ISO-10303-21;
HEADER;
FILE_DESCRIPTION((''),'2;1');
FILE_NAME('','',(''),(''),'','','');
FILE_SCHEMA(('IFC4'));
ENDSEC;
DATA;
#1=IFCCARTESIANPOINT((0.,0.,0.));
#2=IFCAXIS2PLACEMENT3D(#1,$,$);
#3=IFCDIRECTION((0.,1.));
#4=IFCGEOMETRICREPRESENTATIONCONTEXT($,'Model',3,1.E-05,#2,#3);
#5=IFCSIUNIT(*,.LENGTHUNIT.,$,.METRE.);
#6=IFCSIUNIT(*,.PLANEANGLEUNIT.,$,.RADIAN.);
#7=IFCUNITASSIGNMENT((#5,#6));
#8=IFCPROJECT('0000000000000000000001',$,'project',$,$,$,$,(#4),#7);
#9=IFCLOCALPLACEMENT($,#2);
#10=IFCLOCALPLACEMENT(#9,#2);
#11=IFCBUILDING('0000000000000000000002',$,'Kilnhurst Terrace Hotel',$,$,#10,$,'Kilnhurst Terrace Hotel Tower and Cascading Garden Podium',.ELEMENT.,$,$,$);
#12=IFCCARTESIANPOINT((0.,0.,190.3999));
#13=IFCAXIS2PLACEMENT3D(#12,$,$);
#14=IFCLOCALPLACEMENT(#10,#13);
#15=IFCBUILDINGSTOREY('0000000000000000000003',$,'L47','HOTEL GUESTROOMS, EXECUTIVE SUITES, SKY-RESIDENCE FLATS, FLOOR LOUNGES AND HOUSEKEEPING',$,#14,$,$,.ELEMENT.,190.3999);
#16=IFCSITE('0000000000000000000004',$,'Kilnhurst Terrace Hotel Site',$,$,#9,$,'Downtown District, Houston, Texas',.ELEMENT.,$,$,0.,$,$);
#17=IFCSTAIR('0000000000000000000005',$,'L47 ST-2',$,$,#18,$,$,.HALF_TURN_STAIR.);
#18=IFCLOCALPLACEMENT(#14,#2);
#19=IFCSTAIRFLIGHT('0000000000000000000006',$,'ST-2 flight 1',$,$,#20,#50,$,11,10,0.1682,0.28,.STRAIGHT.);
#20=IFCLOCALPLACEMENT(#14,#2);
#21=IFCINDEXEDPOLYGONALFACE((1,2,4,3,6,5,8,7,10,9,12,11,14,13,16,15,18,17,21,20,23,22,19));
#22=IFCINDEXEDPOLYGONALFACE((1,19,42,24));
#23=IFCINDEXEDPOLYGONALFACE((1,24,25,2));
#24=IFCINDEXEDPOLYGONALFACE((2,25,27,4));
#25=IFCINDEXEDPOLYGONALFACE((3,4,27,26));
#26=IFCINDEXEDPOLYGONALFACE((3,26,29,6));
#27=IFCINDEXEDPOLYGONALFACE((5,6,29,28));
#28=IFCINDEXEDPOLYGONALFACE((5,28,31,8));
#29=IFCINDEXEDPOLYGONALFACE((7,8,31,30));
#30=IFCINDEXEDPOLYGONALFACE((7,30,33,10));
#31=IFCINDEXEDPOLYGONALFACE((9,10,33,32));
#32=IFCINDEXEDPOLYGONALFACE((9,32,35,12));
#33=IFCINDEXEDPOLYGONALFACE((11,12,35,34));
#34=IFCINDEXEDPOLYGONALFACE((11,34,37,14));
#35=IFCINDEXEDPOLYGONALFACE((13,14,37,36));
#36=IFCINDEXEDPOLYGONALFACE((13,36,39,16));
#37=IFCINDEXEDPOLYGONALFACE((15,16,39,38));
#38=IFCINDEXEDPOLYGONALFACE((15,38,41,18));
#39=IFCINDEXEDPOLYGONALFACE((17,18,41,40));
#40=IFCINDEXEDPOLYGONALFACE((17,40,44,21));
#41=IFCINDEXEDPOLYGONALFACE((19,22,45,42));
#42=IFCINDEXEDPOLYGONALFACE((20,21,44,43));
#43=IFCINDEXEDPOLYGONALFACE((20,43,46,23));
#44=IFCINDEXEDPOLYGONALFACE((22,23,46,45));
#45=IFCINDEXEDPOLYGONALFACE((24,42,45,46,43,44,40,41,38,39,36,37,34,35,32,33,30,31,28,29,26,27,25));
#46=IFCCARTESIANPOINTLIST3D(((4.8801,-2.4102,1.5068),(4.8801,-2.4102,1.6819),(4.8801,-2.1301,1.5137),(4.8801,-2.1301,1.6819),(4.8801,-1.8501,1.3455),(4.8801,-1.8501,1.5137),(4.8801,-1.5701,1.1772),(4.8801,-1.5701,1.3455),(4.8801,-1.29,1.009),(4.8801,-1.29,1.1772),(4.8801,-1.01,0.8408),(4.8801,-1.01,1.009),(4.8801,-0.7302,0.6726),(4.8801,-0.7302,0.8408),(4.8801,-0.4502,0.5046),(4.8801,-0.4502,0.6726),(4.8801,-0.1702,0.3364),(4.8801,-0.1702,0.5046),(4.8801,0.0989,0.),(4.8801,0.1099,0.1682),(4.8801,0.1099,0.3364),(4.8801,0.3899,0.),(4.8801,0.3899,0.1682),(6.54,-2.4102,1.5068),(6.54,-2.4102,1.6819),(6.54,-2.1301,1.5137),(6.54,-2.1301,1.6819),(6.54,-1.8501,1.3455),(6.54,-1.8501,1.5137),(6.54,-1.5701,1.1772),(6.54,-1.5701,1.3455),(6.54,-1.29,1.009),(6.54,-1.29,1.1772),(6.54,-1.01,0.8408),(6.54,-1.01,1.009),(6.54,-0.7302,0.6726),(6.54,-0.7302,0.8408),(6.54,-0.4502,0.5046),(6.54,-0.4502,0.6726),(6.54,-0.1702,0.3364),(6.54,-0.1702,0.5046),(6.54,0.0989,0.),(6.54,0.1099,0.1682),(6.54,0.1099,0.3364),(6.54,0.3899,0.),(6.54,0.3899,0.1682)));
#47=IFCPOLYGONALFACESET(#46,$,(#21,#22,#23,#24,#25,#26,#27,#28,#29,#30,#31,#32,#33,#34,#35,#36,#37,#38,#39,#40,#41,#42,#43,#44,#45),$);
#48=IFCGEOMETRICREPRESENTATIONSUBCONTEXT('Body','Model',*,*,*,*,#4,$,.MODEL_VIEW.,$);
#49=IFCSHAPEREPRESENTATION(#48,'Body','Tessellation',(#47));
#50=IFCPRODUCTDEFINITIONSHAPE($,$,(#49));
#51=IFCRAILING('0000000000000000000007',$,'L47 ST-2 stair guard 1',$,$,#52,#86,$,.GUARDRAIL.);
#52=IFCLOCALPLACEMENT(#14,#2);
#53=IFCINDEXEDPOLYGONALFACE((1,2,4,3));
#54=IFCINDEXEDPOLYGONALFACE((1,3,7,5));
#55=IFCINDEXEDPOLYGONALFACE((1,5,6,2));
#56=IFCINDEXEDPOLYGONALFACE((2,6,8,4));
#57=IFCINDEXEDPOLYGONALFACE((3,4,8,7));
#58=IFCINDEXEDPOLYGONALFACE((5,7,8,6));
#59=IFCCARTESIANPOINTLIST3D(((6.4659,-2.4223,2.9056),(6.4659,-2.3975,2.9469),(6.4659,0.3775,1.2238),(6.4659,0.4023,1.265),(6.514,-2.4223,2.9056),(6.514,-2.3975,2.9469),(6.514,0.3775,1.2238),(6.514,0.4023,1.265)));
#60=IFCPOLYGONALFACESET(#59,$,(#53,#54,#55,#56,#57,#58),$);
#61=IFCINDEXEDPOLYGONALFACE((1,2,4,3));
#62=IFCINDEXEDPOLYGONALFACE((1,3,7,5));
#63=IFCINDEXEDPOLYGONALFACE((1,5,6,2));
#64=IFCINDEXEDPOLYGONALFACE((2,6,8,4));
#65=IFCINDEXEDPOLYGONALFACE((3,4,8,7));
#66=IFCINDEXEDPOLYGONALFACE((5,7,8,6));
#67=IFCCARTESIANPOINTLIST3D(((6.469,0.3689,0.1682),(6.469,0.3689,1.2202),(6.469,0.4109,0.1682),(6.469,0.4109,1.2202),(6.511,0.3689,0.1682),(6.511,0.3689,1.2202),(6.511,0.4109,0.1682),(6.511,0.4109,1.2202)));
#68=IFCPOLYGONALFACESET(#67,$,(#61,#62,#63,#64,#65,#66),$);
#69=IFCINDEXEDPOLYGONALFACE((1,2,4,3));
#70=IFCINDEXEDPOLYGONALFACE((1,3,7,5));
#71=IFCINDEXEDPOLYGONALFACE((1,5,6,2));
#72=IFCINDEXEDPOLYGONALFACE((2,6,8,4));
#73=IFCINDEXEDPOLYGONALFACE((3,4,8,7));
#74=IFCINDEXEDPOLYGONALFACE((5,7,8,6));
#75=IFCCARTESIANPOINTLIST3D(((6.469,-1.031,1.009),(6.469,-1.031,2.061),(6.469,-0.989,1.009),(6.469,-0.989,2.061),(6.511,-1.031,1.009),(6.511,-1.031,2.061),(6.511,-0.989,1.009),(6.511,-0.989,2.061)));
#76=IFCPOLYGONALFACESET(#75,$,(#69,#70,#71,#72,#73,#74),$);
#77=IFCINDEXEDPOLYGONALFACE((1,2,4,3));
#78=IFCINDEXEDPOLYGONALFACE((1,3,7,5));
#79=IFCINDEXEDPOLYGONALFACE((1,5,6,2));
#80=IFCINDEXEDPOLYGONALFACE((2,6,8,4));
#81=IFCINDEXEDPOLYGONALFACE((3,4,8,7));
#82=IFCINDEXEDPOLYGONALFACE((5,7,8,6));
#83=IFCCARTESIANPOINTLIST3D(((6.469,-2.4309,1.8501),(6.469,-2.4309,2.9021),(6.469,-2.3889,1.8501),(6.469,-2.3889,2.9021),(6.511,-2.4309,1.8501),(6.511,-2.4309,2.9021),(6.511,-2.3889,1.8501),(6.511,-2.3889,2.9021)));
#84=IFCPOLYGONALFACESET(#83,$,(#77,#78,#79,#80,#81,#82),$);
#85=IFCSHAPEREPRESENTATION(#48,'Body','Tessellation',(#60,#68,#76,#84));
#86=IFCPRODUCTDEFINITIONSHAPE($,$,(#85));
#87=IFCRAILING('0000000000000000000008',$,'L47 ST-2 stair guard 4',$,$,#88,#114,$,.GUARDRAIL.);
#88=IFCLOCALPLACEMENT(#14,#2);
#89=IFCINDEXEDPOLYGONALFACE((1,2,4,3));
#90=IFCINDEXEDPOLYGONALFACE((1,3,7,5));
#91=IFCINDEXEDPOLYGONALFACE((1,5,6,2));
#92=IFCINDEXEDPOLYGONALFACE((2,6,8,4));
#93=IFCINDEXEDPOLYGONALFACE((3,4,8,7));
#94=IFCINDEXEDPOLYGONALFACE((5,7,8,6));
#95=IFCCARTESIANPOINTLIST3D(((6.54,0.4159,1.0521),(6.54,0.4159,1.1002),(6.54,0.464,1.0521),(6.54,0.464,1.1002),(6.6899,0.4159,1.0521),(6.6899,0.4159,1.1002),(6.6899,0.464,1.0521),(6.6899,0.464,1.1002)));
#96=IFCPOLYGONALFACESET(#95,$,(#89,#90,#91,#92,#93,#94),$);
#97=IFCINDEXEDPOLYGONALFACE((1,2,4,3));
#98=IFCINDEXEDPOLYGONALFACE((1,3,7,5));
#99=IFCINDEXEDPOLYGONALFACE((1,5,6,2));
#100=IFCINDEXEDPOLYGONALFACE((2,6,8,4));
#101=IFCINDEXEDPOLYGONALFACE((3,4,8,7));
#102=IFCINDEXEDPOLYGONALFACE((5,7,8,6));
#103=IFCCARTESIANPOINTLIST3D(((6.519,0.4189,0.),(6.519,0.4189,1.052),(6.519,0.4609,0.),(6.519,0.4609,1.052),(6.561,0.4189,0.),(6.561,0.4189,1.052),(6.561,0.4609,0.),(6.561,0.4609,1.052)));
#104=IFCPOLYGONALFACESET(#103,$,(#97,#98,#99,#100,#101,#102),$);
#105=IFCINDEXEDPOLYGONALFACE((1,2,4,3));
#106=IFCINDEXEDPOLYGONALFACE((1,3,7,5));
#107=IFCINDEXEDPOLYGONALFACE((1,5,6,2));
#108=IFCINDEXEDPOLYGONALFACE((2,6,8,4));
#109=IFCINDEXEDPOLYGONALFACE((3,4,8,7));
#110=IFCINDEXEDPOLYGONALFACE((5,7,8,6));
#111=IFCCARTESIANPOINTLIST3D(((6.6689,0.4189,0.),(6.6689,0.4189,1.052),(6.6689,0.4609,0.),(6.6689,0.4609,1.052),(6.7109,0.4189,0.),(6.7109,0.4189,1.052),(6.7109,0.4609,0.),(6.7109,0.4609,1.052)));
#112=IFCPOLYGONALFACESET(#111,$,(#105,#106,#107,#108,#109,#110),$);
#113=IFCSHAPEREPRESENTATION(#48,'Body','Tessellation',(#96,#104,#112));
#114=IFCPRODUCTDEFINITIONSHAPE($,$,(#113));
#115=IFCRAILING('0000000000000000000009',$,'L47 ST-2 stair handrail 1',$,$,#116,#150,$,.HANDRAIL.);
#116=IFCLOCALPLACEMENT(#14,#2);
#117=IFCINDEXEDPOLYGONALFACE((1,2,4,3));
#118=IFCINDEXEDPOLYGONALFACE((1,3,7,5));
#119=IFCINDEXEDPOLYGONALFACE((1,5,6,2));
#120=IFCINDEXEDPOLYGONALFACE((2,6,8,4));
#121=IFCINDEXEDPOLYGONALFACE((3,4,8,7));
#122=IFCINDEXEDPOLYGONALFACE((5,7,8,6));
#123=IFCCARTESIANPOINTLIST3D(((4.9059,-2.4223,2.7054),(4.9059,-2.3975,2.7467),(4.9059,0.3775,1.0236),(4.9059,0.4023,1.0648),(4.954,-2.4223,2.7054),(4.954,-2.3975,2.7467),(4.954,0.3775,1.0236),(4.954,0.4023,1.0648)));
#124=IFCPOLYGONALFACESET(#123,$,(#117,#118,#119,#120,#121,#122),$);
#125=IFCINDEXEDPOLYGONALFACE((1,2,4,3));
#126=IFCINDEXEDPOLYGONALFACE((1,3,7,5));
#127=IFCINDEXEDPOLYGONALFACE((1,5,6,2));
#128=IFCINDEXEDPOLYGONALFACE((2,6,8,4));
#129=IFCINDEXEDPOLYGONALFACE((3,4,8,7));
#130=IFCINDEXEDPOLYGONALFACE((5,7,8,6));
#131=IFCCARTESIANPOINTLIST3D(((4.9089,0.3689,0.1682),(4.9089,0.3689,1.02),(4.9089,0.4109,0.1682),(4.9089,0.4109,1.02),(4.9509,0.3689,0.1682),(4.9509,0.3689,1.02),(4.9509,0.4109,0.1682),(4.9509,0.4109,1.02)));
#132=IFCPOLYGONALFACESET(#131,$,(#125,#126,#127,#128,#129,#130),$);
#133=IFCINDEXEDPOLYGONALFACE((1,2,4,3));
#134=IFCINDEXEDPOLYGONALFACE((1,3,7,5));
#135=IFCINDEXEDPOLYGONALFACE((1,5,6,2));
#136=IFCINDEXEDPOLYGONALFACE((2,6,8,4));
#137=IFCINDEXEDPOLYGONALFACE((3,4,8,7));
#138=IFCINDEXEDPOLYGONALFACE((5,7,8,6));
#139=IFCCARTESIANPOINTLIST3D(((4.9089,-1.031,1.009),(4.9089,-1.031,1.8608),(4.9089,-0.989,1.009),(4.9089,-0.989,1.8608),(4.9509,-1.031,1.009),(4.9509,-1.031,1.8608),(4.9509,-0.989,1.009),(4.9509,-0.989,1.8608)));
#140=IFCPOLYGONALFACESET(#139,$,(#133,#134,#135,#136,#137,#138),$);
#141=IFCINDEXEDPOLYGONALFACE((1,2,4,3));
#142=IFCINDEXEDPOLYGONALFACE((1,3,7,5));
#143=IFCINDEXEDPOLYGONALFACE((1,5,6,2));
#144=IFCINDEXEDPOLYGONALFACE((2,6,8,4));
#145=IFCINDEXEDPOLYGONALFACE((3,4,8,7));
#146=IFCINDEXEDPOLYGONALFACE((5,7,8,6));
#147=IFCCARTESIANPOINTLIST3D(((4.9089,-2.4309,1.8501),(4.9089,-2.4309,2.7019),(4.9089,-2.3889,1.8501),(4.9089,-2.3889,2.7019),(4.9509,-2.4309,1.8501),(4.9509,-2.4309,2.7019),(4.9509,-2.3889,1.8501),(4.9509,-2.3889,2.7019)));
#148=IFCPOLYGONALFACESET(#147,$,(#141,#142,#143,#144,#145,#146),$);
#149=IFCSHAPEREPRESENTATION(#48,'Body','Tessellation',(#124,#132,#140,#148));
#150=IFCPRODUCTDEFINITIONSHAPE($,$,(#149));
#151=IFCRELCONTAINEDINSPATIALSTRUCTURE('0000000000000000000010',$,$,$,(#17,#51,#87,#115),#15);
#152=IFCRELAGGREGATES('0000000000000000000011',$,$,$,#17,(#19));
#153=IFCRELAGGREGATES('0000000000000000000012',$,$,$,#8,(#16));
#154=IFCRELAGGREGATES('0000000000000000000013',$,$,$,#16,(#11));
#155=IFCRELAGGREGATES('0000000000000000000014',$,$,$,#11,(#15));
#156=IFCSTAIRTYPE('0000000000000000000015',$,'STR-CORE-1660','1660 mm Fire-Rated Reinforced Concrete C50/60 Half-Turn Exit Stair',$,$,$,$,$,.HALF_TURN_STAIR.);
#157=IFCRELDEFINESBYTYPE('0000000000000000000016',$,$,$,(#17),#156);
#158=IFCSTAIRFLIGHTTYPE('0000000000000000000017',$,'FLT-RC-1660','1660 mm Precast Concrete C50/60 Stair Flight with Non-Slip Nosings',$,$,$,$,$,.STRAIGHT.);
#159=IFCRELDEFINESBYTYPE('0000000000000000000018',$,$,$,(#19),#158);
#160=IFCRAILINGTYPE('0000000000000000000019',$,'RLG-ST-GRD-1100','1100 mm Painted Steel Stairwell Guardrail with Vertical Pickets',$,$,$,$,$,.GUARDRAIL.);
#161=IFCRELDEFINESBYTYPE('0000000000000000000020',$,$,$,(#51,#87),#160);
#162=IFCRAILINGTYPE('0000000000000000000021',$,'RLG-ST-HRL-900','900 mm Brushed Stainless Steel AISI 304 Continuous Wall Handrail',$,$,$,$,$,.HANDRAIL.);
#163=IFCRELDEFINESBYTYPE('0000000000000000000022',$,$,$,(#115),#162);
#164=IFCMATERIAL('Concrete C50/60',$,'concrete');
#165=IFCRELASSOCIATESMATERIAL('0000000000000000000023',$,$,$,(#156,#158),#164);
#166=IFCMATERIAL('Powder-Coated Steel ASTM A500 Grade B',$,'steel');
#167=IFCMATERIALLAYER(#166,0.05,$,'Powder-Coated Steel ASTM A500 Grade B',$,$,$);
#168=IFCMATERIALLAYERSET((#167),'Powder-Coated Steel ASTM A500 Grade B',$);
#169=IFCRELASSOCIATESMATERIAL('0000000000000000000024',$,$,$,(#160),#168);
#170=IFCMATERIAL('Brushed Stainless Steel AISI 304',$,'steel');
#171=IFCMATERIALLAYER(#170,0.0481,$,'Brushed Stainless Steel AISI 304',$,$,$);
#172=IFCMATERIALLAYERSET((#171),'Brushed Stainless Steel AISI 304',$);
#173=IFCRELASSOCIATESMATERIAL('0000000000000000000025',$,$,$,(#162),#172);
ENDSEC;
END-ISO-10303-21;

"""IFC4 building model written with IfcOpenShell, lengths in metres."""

from ifc_helpers import new_model, si_unit, direction, frame, origin, origin_2d, place, context, subcontext, project, spatial, polyline, rectangle, outline, extrude, material, layer, layer_set, type_object, element, aggregate, save


model = new_model("IFC4")

# Units and contexts
model_context = context("Model", 3, precision=1e-05, world=origin(), true_north=direction((0.0, 1.0)))
body_context = subcontext(model_context, "Body", "Model", "MODEL_VIEW")
ifc_project = project(units=[si_unit("LENGTHUNIT", "METRE"), si_unit("PLANEANGLEUNIT", "RADIAN")], contexts=[model_context])

# Site, building, storey
site_placement = place(None, origin())
site = spatial("IfcSite", under=ifc_project, at=site_placement, Name="Kilnhurst Terrace Hotel Site", LongName="Downtown District, Houston, Texas", CompositionType="ELEMENT", RefElevation=0.0)
building_placement = place(site_placement, origin())
building = spatial("IfcBuilding", under=site, at=building_placement, Name="Kilnhurst Terrace Hotel", LongName="Kilnhurst Terrace Hotel Tower and Cascading Garden Podium", CompositionType="ELEMENT")
storey_placement = place(building_placement, frame((0.0, 0.0, 190.3999)))
storey = spatial("IfcBuildingStorey", under=building, at=storey_placement, Name="L47", Description="HOTEL GUESTROOMS, EXECUTIVE SUITES, SKY-RESIDENCE FLATS, FLOOR LOUNGES AND HOUSEKEEPING", CompositionType="ELEMENT", Elevation=190.3999)

# Shared definitions
ifc_material_1 = material(Name="Concrete C50/60", Category="concrete")

# Stair, stair flight
stair_type = type_object("IfcStairType", Name="STR-CORE-1660", Description="1660 mm Fire-Rated Reinforced Concrete C50/60 Half-Turn Exit Stair", PredefinedType="HALF_TURN_STAIR", material=ifc_material_1)
stair_placement = place(storey_placement, origin())
stair = element("IfcStair", 1, at=stair_placement, inside=storey, type_object=stair_type, Name="L47 ST-2", PredefinedType="HALF_TURN_STAIR")
stair_flight_type = type_object("IfcStairFlightType", Name="FLT-RC-1660", Description="1660 mm Precast Concrete C50/60 Stair Flight with Non-Slip Nosings", PredefinedType="STRAIGHT", material=ifc_material_1)
stair_flight_placement = place(storey_placement, frame((5.71, 0.3899, 0.0), z_axis=(0.0, 0.0, 1.0), x_axis=(0.0, -1.0, 0.0)))
stair_flight = element("IfcStairFlight", 2, at=stair_flight_placement, type_object=stair_flight_type, Name="ST-2 flight 1", NumberOfRisers=11, NumberOfTreads=10, PredefinedType="STRAIGHT", RiserHeight=0.1682, TreadLength=0.28, context=body_context, shape_type="SweptSolid", body=[
    extrude(outline(polyline([(0.0, 0.0), (0.0, 0.1682), (0.28, 0.1682), (0.28, 0.3364), (0.5601, 0.3364), (0.5601, 0.5046), (0.8401, 0.5046), (0.8401, 0.6726), (1.1201, 0.6726), (1.1201, 0.8408), (1.3999, 0.8408), (1.3999, 1.009), (1.6799, 1.009), (1.6799, 1.1772), (1.96, 1.1772), (1.96, 1.3455), (2.24, 1.3455), (2.24, 1.5137), (2.52, 1.5137), (2.52, 1.6819), (2.8, 1.6819), (2.8, 1.8501), (2.8, 1.5068), (0.291, 0.0), (0.0, 0.0)])), frame((0.0, 0.8301, 0.0), z_axis=(0.0, -1.0, 0.0), x_axis=(1.0, 0.0, 0.0)), (0.0, 0.0, 1.0), 1.6599),
])
aggregate(stair, [stair_flight])

# Railings
ifc_material_2 = material(Name="Powder-Coated Steel ASTM A500 Grade B", Category="steel")
ifc_layer_1 = layer(ifc_material_2, 0.05, Name="Powder-Coated Steel ASTM A500 Grade B")
ifc_layer_set_1 = layer_set([ifc_layer_1], Name="Powder-Coated Steel ASTM A500 Grade B")
railing_type_1 = type_object("IfcRailingType", Name="RLG-ST-GRD-1100", Description="1100 mm Painted Steel Stairwell Guardrail with Vertical Pickets", PredefinedType="GUARDRAIL", material=ifc_layer_set_1)
railing_1_placement = place(storey_placement, frame((6.49, 0.3899, 0.1682)))
element("IfcRailing", 3, at=railing_1_placement, inside=storey, type_object=railing_type_1, Name="L47 ST-2 stair guard 1", PredefinedType="GUARDRAIL", context=body_context, shape_type="SweptSolid", body=[
    extrude(rectangle(XDim=0.0481, YDim=0.0481, at=origin_2d()), frame((0.0, 0.0, 1.0762), z_axis=(0.0, -0.857222, 0.514946), x_axis=(1.0, 0.0, 0.0)), (0.0, 0.0, 1.0), 3.2661),
    extrude(rectangle(XDim=0.042, YDim=0.042, at=origin_2d()), origin(), (0.0, 0.0, 1.0), 1.052),
    extrude(rectangle(XDim=0.042, YDim=0.042, at=origin_2d()), frame((0.0, -1.3999, 0.8408)), (0.0, 0.0, 1.0), 1.052),
    extrude(rectangle(XDim=0.042, YDim=0.042, at=origin_2d()), frame((0.0, -2.7998, 1.6819)), (0.0, 0.0, 1.0), 1.052),
])
railing_2_placement = place(storey_placement, frame((6.54, 0.4399, 0.0)))
element("IfcRailing", 4, at=railing_2_placement, inside=storey, type_object=railing_type_1, Name="L47 ST-2 stair guard 4", PredefinedType="GUARDRAIL", context=body_context, shape_type="SweptSolid", body=[
    extrude(rectangle(XDim=0.0481, YDim=0.0481, at=origin_2d()), frame((0.0, 0.0, 1.0762), z_axis=(1.0, 0.0, 0.0), x_axis=(0.0, 1.0, 0.0)), (0.0, 0.0, 1.0), 0.1499),
    extrude(rectangle(XDim=0.042, YDim=0.042, at=origin_2d()), origin(), (0.0, 0.0, 1.0), 1.052),
    extrude(rectangle(XDim=0.042, YDim=0.042, at=origin_2d()), frame((0.1499, 0.0, 0.0)), (0.0, 0.0, 1.0), 1.052),
])
ifc_material_3 = material(Name="Brushed Stainless Steel AISI 304", Category="steel")
ifc_layer_2 = layer(ifc_material_3, 0.0481, Name="Brushed Stainless Steel AISI 304")
ifc_layer_set_2 = layer_set([ifc_layer_2], Name="Brushed Stainless Steel AISI 304")
railing_type_2 = type_object("IfcRailingType", Name="RLG-ST-HRL-900", Description="900 mm Brushed Stainless Steel AISI 304 Continuous Wall Handrail", PredefinedType="HANDRAIL", material=ifc_layer_set_2)
railing_3_placement = place(storey_placement, frame((4.9299, 0.3899, 0.1682)))
element("IfcRailing", 5, at=railing_3_placement, inside=storey, type_object=railing_type_2, Name="L47 ST-2 stair handrail 1", PredefinedType="HANDRAIL", context=body_context, shape_type="SweptSolid", body=[
    extrude(rectangle(XDim=0.0481, YDim=0.0481, at=origin_2d()), frame((0.0, 0.0, 0.876), z_axis=(0.0, -0.857222, 0.514946), x_axis=(1.0, 0.0, 0.0)), (0.0, 0.0, 1.0), 3.2661),
    extrude(rectangle(XDim=0.042, YDim=0.042, at=origin_2d()), origin(), (0.0, 0.0, 1.0), 0.8518),
    extrude(rectangle(XDim=0.042, YDim=0.042, at=origin_2d()), frame((0.0, -1.3999, 0.8408)), (0.0, 0.0, 1.0), 0.8518),
    extrude(rectangle(XDim=0.042, YDim=0.042, at=origin_2d()), frame((0.0, -2.7998, 1.6819)), (0.0, 0.0, 1.0), 0.8518),
])

save(model, "model.ifc")
